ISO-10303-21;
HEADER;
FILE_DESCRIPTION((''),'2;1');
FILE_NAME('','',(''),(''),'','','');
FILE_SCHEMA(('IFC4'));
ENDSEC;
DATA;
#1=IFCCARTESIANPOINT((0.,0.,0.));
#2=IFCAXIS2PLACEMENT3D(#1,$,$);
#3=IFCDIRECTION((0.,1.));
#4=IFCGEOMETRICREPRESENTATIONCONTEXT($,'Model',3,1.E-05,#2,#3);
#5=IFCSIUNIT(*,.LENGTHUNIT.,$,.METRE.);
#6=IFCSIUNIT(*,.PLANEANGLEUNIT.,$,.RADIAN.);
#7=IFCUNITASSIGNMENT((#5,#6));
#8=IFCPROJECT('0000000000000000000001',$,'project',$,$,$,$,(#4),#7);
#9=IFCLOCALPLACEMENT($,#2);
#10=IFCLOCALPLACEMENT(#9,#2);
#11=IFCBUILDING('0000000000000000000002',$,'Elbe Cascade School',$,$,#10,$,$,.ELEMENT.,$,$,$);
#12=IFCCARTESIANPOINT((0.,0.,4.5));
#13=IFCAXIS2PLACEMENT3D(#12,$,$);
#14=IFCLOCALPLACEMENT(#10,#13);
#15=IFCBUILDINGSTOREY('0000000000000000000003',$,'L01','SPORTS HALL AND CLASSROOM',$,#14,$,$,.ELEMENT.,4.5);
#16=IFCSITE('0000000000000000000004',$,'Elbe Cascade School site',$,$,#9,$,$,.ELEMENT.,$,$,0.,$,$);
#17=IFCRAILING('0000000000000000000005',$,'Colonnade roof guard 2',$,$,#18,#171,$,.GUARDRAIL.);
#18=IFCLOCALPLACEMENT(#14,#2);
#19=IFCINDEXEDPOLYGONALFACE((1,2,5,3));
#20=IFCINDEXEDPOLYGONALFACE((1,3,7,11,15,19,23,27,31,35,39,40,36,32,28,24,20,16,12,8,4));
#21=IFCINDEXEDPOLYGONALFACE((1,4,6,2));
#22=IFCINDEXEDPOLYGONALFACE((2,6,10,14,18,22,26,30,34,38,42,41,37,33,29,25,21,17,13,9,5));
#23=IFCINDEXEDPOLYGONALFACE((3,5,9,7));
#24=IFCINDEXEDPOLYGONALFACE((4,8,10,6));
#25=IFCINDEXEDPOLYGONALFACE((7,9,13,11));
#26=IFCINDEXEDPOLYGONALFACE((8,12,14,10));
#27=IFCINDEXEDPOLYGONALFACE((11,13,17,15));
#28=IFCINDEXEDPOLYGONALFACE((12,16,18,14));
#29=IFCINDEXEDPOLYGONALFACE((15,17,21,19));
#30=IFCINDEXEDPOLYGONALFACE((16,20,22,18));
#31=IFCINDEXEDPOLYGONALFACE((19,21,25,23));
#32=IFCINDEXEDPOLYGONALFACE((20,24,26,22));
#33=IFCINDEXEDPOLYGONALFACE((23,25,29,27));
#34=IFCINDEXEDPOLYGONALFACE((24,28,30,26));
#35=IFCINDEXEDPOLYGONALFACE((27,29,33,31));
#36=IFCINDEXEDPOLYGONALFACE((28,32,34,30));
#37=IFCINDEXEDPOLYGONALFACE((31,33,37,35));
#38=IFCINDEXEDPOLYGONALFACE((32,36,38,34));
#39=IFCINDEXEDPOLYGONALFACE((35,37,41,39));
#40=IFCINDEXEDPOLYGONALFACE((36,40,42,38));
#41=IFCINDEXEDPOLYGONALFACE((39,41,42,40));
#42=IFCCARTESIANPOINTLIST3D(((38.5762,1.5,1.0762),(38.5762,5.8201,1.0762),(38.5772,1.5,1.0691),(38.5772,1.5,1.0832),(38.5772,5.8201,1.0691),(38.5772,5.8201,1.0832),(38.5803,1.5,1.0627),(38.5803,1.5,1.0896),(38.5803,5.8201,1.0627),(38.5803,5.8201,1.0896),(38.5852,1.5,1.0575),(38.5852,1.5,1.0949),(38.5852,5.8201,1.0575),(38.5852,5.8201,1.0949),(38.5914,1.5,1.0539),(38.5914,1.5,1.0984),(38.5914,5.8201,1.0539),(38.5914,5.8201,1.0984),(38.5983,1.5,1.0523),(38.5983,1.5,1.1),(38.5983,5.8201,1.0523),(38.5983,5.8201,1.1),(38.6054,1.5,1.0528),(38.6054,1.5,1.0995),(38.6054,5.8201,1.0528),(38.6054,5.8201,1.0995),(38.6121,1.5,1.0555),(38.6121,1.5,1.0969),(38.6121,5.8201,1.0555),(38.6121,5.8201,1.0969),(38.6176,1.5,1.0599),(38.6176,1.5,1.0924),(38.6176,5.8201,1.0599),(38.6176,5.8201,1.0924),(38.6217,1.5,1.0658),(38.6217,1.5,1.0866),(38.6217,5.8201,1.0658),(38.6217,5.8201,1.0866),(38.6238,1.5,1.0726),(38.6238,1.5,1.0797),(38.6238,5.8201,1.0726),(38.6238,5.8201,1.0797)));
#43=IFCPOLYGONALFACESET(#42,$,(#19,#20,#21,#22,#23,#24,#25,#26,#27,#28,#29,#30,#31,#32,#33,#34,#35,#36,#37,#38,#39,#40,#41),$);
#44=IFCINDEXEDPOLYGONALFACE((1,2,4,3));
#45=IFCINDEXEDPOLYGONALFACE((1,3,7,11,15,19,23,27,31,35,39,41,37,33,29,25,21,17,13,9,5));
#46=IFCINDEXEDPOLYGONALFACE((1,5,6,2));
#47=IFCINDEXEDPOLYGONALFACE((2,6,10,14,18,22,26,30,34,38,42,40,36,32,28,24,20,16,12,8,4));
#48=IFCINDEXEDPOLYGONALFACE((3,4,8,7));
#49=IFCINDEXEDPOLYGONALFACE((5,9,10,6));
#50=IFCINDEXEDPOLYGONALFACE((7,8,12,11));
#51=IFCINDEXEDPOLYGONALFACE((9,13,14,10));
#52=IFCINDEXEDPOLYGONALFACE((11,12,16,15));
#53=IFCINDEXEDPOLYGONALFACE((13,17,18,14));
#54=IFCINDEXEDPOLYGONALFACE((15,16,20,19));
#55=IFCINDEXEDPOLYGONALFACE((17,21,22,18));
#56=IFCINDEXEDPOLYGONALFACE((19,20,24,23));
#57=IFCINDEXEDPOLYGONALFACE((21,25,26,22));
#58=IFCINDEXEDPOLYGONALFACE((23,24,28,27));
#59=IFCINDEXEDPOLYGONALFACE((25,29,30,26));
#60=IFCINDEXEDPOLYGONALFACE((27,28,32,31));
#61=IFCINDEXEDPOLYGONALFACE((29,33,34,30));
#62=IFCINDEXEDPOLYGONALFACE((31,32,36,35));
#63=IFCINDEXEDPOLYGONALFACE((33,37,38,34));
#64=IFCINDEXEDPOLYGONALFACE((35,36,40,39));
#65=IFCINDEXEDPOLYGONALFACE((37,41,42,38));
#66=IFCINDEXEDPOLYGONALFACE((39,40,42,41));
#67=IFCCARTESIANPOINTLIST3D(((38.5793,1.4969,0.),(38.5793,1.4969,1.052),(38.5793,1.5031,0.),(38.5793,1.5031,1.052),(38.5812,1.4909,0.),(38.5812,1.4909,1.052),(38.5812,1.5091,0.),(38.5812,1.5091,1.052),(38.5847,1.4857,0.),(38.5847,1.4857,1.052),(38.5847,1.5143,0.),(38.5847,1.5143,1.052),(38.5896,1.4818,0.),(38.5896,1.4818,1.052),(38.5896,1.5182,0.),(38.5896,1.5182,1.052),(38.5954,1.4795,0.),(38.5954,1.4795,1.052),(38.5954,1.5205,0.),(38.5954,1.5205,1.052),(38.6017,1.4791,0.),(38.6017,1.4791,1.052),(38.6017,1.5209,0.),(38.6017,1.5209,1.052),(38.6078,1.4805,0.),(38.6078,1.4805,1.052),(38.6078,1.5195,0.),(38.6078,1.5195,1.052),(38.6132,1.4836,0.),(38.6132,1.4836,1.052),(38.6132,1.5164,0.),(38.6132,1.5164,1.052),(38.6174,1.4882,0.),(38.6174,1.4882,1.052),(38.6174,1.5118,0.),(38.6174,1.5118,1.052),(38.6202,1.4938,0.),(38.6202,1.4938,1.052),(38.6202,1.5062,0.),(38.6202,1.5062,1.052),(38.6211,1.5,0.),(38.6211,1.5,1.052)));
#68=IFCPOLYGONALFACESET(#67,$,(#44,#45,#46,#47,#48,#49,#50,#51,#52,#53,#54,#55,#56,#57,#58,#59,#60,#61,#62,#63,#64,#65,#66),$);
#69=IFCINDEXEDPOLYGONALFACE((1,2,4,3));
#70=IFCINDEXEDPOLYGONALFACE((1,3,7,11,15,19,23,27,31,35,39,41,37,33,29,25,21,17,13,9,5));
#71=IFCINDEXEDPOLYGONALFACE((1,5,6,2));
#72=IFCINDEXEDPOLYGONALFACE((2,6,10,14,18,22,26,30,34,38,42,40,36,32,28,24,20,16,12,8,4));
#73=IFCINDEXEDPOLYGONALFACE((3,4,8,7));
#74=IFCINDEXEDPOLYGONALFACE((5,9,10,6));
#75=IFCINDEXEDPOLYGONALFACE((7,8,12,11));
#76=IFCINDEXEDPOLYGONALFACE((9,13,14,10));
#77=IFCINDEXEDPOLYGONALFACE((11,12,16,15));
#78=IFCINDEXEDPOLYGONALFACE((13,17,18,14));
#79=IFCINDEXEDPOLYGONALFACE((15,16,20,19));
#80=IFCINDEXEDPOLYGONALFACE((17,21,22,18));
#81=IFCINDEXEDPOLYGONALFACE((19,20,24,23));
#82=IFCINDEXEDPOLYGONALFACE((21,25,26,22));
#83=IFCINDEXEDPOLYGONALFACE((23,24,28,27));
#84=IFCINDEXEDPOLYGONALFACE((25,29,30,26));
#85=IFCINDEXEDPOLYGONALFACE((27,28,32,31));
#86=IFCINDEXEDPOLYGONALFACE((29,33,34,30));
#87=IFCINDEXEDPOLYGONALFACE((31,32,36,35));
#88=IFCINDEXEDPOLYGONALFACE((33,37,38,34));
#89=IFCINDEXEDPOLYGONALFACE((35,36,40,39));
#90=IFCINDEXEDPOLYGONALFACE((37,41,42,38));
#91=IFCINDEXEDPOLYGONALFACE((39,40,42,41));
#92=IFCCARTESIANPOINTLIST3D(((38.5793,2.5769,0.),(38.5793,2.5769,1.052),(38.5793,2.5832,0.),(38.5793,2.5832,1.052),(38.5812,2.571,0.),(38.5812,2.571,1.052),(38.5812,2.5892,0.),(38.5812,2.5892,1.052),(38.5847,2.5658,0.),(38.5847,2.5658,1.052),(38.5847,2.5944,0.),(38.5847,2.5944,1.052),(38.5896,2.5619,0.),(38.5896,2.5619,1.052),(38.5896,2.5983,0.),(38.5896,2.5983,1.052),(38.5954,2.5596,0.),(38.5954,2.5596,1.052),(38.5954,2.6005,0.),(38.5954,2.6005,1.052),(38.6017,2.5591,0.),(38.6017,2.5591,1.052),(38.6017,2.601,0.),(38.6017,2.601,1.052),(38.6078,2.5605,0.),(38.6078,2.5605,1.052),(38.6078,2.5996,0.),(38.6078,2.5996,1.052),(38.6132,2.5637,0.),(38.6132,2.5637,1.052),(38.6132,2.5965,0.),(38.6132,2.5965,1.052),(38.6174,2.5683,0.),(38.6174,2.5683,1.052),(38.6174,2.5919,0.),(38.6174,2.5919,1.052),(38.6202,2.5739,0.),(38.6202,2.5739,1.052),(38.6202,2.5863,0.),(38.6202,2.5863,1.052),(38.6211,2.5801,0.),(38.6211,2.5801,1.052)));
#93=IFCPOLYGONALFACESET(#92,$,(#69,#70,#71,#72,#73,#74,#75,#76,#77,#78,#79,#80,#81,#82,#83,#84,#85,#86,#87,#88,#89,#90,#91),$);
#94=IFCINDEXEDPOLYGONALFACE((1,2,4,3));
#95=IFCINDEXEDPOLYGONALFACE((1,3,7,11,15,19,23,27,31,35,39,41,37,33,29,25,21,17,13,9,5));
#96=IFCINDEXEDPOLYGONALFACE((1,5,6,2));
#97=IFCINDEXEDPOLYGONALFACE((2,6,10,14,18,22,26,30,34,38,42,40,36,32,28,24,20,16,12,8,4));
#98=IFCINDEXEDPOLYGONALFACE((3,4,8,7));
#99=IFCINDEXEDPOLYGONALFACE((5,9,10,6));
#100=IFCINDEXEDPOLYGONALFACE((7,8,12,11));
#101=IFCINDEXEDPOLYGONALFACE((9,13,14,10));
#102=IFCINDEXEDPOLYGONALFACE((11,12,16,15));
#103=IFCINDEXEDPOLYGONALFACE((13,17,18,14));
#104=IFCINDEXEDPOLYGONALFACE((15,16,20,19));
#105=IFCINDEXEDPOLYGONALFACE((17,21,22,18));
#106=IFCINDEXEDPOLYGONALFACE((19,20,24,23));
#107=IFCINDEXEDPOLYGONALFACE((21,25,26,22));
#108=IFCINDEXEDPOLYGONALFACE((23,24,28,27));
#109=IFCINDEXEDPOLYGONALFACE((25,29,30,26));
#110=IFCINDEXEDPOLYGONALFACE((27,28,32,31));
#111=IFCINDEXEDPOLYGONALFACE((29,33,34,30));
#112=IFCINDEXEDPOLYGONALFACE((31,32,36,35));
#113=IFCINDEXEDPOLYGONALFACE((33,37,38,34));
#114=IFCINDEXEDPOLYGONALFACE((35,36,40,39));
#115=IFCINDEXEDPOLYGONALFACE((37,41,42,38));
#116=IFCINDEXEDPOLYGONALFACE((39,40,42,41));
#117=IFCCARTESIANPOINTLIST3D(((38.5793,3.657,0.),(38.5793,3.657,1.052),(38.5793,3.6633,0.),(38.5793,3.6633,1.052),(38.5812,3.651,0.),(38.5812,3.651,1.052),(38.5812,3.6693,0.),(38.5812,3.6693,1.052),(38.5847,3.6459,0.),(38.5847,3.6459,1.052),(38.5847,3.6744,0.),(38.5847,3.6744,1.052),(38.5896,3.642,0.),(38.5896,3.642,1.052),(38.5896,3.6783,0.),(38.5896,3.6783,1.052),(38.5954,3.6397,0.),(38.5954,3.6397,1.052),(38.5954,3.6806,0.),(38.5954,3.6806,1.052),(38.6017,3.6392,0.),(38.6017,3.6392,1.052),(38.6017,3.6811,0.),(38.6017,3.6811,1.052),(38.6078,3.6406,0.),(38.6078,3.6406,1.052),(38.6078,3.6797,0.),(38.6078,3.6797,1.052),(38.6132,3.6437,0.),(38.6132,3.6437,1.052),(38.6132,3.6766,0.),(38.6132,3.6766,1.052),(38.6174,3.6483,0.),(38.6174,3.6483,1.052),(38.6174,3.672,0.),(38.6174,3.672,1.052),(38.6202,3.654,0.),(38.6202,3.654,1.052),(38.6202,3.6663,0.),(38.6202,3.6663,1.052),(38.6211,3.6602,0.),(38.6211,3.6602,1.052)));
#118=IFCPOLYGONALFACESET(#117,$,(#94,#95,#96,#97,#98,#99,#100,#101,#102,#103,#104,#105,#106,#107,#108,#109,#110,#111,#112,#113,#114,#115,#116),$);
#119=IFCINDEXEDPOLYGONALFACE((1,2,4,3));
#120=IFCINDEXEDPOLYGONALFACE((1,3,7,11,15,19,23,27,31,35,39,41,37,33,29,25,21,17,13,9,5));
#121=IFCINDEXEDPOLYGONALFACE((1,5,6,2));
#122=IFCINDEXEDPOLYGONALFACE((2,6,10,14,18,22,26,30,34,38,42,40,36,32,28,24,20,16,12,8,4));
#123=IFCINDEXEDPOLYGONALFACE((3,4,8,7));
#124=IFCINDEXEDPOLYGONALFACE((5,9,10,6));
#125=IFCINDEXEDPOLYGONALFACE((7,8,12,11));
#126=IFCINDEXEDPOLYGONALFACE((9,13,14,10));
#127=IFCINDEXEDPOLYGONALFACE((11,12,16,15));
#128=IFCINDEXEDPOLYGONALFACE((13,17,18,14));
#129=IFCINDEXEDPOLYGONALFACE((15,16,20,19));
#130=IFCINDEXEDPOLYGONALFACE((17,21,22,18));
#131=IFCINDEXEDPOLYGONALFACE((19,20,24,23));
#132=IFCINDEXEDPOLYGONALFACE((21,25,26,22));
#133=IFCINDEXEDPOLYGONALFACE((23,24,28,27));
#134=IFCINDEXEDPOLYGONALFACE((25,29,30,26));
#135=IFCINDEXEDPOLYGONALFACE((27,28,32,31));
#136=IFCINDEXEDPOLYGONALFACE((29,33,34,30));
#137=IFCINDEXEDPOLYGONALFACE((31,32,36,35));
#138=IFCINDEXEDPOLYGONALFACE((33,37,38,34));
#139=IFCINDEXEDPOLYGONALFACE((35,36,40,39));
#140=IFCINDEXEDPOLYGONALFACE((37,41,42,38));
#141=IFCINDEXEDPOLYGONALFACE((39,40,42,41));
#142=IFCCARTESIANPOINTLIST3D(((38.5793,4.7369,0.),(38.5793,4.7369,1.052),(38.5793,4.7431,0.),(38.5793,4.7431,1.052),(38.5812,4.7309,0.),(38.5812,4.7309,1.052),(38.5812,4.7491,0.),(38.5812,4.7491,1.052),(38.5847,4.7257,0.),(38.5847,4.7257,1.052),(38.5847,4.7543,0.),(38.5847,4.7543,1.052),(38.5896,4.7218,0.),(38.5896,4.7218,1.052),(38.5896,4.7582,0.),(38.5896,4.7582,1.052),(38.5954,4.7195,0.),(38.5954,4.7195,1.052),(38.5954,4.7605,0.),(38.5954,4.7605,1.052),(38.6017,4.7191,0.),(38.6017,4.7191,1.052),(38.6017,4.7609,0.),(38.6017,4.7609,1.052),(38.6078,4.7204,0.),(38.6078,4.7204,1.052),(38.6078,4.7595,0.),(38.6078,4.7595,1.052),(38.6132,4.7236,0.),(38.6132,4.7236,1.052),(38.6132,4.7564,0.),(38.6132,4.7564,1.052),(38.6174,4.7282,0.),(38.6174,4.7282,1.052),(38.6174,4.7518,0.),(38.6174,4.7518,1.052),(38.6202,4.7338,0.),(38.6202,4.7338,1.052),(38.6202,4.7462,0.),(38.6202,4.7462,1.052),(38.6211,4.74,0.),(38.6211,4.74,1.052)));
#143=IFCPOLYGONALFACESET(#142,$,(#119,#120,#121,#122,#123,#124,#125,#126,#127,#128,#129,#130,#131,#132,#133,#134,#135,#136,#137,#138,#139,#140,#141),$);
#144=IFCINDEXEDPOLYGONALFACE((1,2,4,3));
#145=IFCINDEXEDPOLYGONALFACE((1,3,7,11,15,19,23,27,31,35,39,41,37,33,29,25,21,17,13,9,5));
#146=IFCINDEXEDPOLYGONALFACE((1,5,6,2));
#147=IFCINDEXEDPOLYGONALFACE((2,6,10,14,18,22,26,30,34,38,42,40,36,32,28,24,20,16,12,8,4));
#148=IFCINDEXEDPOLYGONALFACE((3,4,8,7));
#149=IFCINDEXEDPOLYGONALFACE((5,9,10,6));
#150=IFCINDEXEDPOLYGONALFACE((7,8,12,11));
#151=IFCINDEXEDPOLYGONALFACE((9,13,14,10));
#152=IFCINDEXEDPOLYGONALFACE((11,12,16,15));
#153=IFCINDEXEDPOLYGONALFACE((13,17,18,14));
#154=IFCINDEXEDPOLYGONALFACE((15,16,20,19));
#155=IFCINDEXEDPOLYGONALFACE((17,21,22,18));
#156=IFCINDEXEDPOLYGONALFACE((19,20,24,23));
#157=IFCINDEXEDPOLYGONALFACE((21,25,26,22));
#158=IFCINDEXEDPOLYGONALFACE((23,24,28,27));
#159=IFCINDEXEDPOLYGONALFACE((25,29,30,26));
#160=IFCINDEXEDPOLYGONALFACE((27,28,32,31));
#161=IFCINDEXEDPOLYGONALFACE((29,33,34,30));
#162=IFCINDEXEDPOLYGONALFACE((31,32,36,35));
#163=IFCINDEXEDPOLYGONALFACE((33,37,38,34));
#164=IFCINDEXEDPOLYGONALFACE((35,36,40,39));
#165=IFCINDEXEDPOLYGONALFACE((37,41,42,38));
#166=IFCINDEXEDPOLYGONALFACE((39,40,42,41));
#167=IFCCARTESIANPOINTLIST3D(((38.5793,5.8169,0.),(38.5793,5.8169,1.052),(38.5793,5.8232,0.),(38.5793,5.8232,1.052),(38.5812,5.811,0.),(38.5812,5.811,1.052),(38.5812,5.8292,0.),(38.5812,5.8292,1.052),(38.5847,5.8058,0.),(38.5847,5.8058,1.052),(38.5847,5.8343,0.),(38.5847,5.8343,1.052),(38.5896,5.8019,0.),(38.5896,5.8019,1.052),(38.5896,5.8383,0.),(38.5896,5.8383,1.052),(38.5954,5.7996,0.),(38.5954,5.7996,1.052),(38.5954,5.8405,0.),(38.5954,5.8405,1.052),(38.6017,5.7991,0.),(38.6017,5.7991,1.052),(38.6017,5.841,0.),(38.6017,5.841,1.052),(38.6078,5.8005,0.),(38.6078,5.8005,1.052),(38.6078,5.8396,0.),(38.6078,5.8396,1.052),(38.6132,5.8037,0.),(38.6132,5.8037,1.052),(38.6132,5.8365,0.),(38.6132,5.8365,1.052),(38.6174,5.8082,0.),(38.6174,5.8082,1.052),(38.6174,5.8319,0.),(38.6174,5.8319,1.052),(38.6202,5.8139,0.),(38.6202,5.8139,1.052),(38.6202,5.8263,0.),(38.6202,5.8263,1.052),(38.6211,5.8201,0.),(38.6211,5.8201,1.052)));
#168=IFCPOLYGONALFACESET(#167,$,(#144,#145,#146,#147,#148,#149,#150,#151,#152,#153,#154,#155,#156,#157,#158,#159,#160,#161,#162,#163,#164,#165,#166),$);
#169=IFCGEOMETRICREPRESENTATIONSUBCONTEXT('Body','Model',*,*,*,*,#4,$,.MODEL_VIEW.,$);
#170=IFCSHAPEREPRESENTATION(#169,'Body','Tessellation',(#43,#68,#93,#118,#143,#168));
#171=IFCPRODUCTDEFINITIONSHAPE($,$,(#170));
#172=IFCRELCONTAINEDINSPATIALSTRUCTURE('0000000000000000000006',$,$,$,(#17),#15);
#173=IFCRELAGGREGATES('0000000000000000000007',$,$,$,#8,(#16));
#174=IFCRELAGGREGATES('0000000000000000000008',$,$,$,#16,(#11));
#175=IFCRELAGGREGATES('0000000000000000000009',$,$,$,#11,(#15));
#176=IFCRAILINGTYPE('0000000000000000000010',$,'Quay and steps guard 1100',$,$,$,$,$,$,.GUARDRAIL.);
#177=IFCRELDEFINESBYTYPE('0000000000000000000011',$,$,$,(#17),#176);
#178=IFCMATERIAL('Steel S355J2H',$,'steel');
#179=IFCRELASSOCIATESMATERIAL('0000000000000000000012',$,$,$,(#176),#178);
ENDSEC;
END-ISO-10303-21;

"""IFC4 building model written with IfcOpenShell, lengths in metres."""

from ifc_helpers import new_model, si_unit, direction, frame, origin, origin_2d, place, context, subcontext, project, spatial, circle, extrude, material, type_object, element, save


model = new_model("IFC4")

# Units and contexts
model_context = context("Model", 3, precision=1e-05, world=origin(), true_north=direction((0.0, 1.0)))
body_context = subcontext(model_context, "Body", "Model", "MODEL_VIEW")
ifc_project = project(units=[si_unit("LENGTHUNIT", "METRE"), si_unit("PLANEANGLEUNIT", "RADIAN")], contexts=[model_context])

# Site, building, storey
site_placement = place(None, origin())
site = spatial("IfcSite", under=ifc_project, at=site_placement, Name="Elbe Cascade School site", CompositionType="ELEMENT", RefElevation=0.0)
building_placement = place(site_placement, origin())
building = spatial("IfcBuilding", under=site, at=building_placement, Name="Elbe Cascade School", CompositionType="ELEMENT")
storey_placement = place(building_placement, frame((0.0, 0.0, 4.5)))
storey = spatial("IfcBuildingStorey", under=building, at=storey_placement, Name="L01", Description="SPORTS HALL AND CLASSROOM", CompositionType="ELEMENT", Elevation=4.5)

# Railing
ifc_material_1 = material(Name="Steel S355J2H", Category="steel")
railing_type = type_object("IfcRailingType", Name="Quay and steps guard 1100", PredefinedType="GUARDRAIL", material=ifc_material_1)
railing_1_placement = place(storey_placement, frame((38.6001, 1.5, 0.0)))
element("IfcRailing", 1, at=railing_1_placement, inside=storey, type_object=railing_type, Name="Colonnade roof guard 2", PredefinedType="GUARDRAIL", context=body_context, shape_type="SweptSolid", body=[
    extrude(circle(Radius=0.0239, at=origin_2d()), frame((0.0, 0.0, 1.0762), z_axis=(0.0, 1.0, 0.0), x_axis=(-1.0, 0.0, 0.0)), (0.0, 0.0, 1.0), 4.3201),
    extrude(circle(Radius=0.021, at=origin_2d()), origin(), (0.0, 0.0, 1.0), 1.052),
    extrude(circle(Radius=0.021, at=origin_2d()), frame((0.0, 1.0801, 0.0)), (0.0, 0.0, 1.0), 1.052),
    extrude(circle(Radius=0.021, at=origin_2d()), frame((0.0, 2.1602, 0.0)), (0.0, 0.0, 1.0), 1.052),
    extrude(circle(Radius=0.021, at=origin_2d()), frame((0.0, 3.24, 0.0)), (0.0, 0.0, 1.0), 1.052),
    extrude(circle(Radius=0.021, at=origin_2d()), frame((0.0, 4.3201, 0.0)), (0.0, 0.0, 1.0), 1.052),
])

save(model, "model.ifc")
